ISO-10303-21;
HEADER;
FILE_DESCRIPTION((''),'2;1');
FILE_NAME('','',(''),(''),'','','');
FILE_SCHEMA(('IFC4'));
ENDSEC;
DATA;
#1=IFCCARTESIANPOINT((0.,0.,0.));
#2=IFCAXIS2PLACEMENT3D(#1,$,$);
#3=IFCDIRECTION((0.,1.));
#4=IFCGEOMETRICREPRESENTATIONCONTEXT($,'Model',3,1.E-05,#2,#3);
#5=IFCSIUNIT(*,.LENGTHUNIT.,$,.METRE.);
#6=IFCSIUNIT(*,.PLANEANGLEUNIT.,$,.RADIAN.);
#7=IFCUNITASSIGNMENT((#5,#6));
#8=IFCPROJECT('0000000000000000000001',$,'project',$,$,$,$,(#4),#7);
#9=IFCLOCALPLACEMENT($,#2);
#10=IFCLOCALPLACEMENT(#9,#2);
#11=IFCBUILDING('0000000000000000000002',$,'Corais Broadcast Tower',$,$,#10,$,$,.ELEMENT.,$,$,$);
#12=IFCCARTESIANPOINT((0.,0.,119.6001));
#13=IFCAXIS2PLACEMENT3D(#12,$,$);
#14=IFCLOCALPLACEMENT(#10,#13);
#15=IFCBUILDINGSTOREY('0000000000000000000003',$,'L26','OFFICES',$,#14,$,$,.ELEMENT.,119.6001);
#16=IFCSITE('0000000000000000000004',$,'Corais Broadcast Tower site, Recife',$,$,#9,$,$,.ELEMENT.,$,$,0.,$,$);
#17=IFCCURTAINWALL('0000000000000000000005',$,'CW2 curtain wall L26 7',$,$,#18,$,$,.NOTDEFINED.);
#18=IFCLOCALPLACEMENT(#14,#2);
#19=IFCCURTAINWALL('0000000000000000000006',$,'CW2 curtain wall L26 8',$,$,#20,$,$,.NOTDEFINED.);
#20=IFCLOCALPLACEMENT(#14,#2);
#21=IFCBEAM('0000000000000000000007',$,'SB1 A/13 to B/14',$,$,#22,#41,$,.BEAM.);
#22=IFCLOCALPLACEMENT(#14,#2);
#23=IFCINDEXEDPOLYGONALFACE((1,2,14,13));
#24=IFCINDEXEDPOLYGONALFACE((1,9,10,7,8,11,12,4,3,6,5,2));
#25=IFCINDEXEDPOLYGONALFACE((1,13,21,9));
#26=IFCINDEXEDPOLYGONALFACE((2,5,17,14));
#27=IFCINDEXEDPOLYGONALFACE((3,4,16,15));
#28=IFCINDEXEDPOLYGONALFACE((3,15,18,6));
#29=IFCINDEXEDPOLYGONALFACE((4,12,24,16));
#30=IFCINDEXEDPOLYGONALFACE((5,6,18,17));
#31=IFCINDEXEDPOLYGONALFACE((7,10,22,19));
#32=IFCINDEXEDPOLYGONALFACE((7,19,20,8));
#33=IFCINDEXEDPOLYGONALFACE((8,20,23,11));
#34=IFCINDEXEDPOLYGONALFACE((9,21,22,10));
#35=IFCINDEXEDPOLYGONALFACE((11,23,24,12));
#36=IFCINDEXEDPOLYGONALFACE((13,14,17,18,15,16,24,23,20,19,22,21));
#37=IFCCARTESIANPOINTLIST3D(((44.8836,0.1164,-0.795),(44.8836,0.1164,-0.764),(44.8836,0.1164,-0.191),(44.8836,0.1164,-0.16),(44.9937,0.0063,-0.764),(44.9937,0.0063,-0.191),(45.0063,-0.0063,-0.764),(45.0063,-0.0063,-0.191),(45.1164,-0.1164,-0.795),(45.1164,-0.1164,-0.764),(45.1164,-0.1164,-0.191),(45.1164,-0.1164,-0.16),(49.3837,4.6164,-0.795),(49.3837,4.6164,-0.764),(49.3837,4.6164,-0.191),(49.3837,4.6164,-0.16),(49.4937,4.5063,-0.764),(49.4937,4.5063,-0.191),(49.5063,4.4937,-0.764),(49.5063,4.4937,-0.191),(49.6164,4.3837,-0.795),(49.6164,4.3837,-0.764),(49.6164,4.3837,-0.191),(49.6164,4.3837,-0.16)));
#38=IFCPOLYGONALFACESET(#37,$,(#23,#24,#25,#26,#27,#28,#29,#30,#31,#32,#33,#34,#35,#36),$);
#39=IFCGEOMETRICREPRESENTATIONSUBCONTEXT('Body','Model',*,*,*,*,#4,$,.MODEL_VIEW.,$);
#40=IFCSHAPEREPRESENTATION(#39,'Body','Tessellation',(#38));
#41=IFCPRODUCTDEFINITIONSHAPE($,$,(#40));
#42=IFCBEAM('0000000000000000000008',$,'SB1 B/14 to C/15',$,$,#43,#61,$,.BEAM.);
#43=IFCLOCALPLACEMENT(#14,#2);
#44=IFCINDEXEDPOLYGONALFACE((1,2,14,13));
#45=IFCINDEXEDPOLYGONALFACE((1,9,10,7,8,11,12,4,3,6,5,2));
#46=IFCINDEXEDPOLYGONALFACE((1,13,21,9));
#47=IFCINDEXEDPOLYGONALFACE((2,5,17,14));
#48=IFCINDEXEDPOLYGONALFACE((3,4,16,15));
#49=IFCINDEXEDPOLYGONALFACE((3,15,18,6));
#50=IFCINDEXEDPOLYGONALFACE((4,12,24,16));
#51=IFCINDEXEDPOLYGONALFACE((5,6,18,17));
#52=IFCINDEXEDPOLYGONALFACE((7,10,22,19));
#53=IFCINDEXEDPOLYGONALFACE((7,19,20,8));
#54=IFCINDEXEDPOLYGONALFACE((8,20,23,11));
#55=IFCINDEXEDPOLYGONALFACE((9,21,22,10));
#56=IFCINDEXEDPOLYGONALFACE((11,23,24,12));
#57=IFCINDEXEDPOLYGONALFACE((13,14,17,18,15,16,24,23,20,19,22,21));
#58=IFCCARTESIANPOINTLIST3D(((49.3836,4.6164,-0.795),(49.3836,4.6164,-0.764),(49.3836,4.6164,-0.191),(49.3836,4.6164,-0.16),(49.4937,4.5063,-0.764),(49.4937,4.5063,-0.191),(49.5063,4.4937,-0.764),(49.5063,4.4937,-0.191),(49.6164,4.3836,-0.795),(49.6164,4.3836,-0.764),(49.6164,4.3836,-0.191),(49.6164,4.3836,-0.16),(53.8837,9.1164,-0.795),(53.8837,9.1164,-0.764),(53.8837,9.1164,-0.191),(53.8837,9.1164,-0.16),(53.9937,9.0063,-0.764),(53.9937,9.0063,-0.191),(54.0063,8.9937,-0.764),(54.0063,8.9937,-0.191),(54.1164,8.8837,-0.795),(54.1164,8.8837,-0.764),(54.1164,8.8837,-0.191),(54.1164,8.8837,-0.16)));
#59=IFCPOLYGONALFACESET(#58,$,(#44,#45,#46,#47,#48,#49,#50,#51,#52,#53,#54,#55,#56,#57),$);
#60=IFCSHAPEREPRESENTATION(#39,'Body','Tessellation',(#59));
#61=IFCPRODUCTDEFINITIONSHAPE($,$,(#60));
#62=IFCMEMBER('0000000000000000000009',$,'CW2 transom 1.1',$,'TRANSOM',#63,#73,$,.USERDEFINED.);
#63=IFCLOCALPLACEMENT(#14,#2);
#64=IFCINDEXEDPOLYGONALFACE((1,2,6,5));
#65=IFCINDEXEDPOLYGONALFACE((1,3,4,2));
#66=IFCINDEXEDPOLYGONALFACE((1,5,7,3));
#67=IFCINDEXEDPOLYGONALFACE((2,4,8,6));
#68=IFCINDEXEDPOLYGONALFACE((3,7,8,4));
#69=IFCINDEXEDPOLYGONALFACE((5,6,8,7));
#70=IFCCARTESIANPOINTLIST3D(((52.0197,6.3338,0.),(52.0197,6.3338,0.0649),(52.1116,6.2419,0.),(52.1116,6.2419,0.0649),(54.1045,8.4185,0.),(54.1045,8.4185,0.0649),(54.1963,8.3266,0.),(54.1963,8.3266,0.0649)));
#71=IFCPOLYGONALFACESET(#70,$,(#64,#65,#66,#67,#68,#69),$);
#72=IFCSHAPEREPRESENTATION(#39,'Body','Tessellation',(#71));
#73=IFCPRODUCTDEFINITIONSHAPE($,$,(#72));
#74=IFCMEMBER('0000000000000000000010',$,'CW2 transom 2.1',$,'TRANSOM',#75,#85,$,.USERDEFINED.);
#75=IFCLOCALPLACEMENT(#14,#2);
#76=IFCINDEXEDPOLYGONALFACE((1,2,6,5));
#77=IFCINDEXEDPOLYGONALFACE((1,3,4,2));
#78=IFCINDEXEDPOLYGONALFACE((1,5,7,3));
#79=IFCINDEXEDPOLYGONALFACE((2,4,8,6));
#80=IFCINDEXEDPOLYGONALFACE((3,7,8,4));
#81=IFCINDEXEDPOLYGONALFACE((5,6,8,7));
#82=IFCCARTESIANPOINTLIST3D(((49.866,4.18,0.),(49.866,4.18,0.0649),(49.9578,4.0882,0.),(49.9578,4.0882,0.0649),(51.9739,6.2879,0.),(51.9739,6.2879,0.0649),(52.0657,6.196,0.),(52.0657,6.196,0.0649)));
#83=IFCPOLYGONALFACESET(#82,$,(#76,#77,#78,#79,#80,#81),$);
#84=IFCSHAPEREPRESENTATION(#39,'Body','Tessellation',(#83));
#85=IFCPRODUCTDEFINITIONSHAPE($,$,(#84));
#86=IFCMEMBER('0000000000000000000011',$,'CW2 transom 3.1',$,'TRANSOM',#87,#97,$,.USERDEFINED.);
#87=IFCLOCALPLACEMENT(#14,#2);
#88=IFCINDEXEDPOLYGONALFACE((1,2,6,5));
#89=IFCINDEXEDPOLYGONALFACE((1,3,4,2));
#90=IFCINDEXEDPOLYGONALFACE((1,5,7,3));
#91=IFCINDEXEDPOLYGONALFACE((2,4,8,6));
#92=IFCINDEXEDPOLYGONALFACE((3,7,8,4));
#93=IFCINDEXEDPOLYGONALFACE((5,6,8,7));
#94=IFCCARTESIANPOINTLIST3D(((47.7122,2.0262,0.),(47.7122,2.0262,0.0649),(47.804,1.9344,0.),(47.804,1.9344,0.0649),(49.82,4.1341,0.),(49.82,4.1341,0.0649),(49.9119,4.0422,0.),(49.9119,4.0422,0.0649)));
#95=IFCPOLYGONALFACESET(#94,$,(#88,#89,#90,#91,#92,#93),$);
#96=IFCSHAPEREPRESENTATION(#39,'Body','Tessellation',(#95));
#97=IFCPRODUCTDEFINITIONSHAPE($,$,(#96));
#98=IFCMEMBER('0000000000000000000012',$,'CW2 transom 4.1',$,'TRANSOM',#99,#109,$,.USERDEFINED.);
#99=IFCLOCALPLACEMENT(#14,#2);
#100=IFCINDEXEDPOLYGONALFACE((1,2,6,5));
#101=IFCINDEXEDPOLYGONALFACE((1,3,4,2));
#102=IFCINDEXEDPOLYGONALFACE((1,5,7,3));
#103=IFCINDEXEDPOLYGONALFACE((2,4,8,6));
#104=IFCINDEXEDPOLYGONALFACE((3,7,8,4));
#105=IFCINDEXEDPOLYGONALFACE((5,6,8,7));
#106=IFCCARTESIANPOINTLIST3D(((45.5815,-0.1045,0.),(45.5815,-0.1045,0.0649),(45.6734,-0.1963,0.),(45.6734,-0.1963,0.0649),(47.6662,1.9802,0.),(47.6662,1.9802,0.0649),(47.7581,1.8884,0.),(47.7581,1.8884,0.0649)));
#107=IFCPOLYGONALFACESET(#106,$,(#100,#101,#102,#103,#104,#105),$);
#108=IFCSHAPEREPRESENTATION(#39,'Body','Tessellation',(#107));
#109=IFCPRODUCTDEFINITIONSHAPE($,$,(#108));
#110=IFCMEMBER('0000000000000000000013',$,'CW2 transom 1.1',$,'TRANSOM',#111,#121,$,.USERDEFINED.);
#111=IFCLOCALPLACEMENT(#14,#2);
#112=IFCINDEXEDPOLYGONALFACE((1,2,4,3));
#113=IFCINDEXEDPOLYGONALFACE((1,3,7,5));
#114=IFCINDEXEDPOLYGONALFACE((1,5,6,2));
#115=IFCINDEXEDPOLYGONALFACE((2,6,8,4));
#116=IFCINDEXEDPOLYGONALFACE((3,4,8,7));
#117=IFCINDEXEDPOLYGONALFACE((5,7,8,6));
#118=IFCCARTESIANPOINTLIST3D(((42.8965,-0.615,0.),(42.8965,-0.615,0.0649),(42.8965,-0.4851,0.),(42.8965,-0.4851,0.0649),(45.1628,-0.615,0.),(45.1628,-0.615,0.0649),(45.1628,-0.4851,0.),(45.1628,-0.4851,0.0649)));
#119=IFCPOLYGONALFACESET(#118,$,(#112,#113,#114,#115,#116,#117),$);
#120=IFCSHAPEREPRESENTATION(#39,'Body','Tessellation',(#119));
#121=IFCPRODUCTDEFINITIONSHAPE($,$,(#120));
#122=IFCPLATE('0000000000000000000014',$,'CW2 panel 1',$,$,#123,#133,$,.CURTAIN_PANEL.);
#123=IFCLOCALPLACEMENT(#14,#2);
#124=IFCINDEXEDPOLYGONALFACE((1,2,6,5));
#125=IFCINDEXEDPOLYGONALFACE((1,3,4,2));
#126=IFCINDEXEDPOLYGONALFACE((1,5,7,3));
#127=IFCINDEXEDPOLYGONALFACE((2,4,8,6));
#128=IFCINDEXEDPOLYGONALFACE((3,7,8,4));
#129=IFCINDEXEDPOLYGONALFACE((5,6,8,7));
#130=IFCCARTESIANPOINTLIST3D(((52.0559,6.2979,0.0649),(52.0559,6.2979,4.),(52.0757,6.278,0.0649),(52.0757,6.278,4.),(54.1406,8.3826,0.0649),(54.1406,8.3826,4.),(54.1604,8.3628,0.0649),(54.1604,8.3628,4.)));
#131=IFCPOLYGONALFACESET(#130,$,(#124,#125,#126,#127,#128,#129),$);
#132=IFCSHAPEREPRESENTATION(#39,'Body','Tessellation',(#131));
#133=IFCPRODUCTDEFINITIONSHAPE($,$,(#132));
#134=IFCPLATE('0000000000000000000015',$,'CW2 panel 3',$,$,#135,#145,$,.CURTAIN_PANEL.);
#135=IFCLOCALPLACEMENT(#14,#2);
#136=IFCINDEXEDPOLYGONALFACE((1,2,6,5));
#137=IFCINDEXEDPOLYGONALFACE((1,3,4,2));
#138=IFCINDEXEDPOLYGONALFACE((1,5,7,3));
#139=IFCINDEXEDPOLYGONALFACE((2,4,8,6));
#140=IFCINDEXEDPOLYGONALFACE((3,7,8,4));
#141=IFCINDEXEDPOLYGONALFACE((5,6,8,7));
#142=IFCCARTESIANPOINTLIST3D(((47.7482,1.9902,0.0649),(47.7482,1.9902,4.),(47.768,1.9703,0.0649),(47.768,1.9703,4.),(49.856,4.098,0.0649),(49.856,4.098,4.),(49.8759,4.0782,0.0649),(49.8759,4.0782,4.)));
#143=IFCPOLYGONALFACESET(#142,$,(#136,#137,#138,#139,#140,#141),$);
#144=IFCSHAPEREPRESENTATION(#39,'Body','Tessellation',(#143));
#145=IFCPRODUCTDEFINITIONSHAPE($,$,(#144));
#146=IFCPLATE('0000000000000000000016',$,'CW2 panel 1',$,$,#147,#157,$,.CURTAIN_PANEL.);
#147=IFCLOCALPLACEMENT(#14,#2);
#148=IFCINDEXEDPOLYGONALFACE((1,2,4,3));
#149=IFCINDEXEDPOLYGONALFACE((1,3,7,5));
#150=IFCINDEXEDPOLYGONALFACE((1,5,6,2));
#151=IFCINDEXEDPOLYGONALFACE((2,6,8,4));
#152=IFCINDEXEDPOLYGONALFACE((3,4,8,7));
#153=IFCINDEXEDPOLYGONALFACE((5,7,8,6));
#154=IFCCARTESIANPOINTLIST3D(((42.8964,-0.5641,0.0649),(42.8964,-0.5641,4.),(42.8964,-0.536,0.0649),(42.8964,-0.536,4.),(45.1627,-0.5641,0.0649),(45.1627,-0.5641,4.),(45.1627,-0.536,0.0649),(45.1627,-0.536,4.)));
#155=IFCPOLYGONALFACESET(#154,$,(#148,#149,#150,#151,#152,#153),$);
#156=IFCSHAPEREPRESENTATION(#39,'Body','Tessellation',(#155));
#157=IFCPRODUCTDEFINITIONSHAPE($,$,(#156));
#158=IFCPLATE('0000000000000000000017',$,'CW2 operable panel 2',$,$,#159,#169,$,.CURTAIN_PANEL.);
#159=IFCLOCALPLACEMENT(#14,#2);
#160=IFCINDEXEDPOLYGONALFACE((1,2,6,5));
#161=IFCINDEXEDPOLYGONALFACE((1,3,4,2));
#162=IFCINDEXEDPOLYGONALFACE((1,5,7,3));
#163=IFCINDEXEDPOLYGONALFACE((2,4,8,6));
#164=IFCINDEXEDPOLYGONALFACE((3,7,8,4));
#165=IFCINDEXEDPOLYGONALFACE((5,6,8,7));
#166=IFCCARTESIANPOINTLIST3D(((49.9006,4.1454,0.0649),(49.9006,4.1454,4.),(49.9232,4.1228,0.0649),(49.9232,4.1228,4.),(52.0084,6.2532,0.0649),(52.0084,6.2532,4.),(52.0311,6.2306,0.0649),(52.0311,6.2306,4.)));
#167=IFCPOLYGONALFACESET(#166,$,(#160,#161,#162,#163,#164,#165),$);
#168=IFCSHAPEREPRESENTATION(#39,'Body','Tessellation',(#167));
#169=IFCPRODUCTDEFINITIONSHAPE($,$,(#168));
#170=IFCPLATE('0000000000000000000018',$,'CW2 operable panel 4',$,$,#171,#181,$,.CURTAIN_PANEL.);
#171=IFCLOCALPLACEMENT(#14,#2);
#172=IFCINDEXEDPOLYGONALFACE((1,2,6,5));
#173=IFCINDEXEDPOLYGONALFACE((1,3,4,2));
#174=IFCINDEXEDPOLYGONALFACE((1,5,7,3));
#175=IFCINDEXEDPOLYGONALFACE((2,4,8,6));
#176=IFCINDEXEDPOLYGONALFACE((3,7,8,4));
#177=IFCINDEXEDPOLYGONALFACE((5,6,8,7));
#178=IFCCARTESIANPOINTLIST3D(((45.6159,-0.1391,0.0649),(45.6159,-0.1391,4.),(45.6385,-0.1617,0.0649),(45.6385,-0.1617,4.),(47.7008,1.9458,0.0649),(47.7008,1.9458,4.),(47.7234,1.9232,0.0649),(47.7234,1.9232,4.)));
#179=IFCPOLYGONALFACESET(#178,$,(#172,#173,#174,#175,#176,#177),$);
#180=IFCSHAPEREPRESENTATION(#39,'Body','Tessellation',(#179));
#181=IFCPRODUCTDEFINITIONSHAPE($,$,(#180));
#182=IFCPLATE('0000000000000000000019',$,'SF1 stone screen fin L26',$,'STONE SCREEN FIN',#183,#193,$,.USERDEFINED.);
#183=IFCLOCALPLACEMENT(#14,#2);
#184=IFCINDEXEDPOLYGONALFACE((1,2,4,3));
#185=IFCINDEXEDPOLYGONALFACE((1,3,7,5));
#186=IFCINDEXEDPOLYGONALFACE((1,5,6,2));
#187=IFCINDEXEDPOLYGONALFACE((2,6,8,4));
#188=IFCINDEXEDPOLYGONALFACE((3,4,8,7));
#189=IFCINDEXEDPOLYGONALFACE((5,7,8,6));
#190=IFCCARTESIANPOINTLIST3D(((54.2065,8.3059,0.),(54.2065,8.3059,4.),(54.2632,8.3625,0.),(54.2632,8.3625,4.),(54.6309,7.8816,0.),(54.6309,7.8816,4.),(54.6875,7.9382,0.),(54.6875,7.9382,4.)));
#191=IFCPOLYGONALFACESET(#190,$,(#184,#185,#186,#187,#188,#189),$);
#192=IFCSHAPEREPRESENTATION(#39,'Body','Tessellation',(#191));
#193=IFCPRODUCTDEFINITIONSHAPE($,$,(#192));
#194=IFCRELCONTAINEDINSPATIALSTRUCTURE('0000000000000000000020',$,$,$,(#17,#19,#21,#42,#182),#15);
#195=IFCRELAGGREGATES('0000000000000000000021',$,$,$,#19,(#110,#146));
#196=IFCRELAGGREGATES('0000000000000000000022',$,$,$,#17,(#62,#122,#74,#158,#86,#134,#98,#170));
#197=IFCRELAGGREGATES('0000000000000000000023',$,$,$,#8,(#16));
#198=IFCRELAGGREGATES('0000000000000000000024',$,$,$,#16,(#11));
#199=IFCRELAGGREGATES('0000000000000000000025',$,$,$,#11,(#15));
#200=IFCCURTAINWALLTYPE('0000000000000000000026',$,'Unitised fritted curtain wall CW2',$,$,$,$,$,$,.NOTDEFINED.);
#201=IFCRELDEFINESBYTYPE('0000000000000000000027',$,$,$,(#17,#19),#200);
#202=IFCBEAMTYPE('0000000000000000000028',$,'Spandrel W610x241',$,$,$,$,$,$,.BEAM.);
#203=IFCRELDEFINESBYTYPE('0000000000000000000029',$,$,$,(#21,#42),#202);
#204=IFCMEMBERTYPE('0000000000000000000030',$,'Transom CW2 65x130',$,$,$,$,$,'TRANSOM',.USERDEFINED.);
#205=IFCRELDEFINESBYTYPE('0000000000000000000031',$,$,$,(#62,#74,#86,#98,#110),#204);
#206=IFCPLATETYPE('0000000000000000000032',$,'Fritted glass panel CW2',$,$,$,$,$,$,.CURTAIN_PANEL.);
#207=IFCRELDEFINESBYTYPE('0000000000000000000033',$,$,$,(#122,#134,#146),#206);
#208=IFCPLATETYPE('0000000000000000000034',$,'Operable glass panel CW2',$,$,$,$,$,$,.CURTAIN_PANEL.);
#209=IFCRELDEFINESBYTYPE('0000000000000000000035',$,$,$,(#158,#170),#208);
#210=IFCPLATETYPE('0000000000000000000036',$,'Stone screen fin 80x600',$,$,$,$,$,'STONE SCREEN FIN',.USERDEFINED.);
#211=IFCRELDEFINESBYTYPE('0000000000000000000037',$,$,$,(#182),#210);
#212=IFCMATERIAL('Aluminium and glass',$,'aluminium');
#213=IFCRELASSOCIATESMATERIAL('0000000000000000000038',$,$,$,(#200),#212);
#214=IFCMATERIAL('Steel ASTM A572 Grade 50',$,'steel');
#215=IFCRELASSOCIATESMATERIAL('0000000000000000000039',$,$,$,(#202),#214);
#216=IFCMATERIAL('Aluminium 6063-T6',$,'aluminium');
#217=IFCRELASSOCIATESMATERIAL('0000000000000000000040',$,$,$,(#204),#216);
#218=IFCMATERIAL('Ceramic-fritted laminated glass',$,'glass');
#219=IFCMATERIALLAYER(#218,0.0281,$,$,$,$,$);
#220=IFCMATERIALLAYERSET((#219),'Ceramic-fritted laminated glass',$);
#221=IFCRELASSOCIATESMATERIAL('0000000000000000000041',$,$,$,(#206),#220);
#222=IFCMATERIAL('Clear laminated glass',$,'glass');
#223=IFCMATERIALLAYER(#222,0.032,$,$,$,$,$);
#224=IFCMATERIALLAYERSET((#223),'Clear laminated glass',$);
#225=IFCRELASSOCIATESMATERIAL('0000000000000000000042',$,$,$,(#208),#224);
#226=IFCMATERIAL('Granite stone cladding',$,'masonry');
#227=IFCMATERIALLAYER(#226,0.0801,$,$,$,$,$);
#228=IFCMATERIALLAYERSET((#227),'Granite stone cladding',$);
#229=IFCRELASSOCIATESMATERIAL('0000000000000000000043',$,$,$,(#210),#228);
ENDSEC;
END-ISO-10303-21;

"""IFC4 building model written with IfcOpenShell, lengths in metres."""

from ifc_helpers import new_model, si_unit, direction, frame, origin, origin_2d, place, context, subcontext, project, spatial, rectangle, i_section, extrude, material, layer, layer_set, material_profile, profile_set, type_object, element, aggregate, save


model = new_model("IFC4")

# Units and contexts
model_context = context("Model", 3, precision=1e-05, world=origin(), true_north=direction((0.0, 1.0)))
body_context = subcontext(model_context, "Body", "Model", "MODEL_VIEW")
ifc_project = project(units=[si_unit("LENGTHUNIT", "METRE"), si_unit("PLANEANGLEUNIT", "RADIAN")], contexts=[model_context])

# Site, building, storey
site_placement = place(None, origin())
site = spatial("IfcSite", under=ifc_project, at=site_placement, Name="Corais Broadcast Tower site, Recife", CompositionType="ELEMENT", RefElevation=0.0)
building_placement = place(site_placement, origin())
building = spatial("IfcBuilding", under=site, at=building_placement, Name="Corais Broadcast Tower", CompositionType="ELEMENT")
storey_placement = place(building_placement, frame((0.0, 0.0, 119.6001)))
storey = spatial("IfcBuildingStorey", under=building, at=storey_placement, Name="L26", Description="OFFICES", CompositionType="ELEMENT", Elevation=119.6001)

# Shared definitions
ifc_material_1 = material(Name="Aluminium and glass", Category="aluminium")
curtain_wall_type = type_object("IfcCurtainWallType", Name="Unitised fritted curtain wall CW2", PredefinedType="NOTDEFINED", material=ifc_material_1)

# Curtain wall
curtain_wall_1_placement = place(storey_placement, origin())
curtain_wall_1 = element("IfcCurtainWall", 1, at=curtain_wall_1_placement, inside=storey, type_object=curtain_wall_type, Name="CW2 curtain wall L26 7", PredefinedType="NOTDEFINED")

# Curtain wall
curtain_wall_2_placement = place(storey_placement, origin())
curtain_wall_2 = element("IfcCurtainWall", 2, at=curtain_wall_2_placement, inside=storey, type_object=curtain_wall_type, Name="CW2 curtain wall L26 8", PredefinedType="NOTDEFINED")

# Beams
ifc_material_2 = material(Name="Steel ASTM A572 Grade 50", Category="steel")
ifc_material_profile_1 = material_profile(ifc_material_2, i_section(OverallWidth=0.3291, OverallDepth=0.635, WebThickness=0.0178, FlangeThickness=0.031, at=origin_2d()), Name="W610x241")
ifc_profile_set_1 = profile_set([ifc_material_profile_1], Name="Steel ASTM A572 Grade 50")
beam_type_1 = type_object("IfcBeamType", Name="Spandrel W610x241", PredefinedType="BEAM", material=ifc_profile_set_1)
for number, where, z_axis, x_axis, name in (
    (3, (45.0, 0.0, -0.4775), (0.707107, 0.707107, 0.0), (-0.707107, 0.707107, 0.0), "SB1 A/13 to B/14"),
    (4, (49.5, 4.5, -0.4775), (0.707107, 0.707107, 0.0), (-0.707107, 0.707107, 0.0), "SB1 B/14 to C/15"),
):
    element("IfcBeam", number, at=place(storey_placement, frame(where, z_axis=z_axis, x_axis=x_axis)), inside=storey, type_object=beam_type_1, Name=name, PredefinedType="BEAM", context=body_context, shape_type="SweptSolid", body=[
        extrude(i_section(OverallWidth=0.3291, OverallDepth=0.635, WebThickness=0.0178, FlangeThickness=0.031, at=origin_2d()), origin(), (0.0, 0.0, 1.0), 6.364),
    ])

# Members
ifc_material_3 = material(Name="Aluminium 6063-T6", Category="aluminium")
ifc_material_profile_2 = material_profile(ifc_material_3, rectangle(XDim=0.1299, YDim=0.0649, at=origin_2d()), Name="Transom CW2 65x130")
ifc_profile_set_2 = profile_set([ifc_material_profile_2], Name="Aluminium 6063-T6")
member_type_1 = type_object("IfcMemberType", Name="Transom CW2 65x130", ElementType="TRANSOM", PredefinedType="USERDEFINED", material=ifc_profile_set_2)
member_1_placement = place(storey_placement, frame((54.1504, 8.3726, 0.0325), z_axis=(-0.707107, -0.707107, 0.0), x_axis=(0.707107, -0.707107, 0.0)))
member_1 = element("IfcMember", 5, at=member_1_placement, type_object=member_type_1, Name="CW2 transom 1.1", ObjectType="TRANSOM", PredefinedType="USERDEFINED", context=body_context, shape_type="SweptSolid", body=[
    extrude(rectangle(XDim=0.1299, YDim=0.0649, at=origin_2d()), origin(), (0.0, 0.0, 1.0), 2.9482),
])
member_2_placement = place(storey_placement, frame((52.0198, 6.2419, 0.0325), z_axis=(-0.707107, -0.707107, 0.0), x_axis=(0.707107, -0.707107, 0.0)))
member_2 = element("IfcMember", 6, at=member_2_placement, type_object=member_type_1, Name="CW2 transom 2.1", ObjectType="TRANSOM", PredefinedType="USERDEFINED", context=body_context, shape_type="SweptSolid", body=[
    extrude(rectangle(XDim=0.1299, YDim=0.0649, at=origin_2d()), origin(), (0.0, 0.0, 1.0), 2.981),
])
member_3_placement = place(storey_placement, frame((49.866, 4.0881, 0.0325), z_axis=(-0.707107, -0.707107, 0.0), x_axis=(0.707107, -0.707107, 0.0)))
member_3 = element("IfcMember", 7, at=member_3_placement, type_object=member_type_1, Name="CW2 transom 3.1", ObjectType="TRANSOM", PredefinedType="USERDEFINED", context=body_context, shape_type="SweptSolid", body=[
    extrude(rectangle(XDim=0.1299, YDim=0.0649, at=origin_2d()), origin(), (0.0, 0.0, 1.0), 2.981),
])
member_4_placement = place(storey_placement, frame((47.7122, 1.9343, 0.0325), z_axis=(-0.707107, -0.707107, 0.0), x_axis=(0.707107, -0.707107, 0.0)))
member_4 = element("IfcMember", 8, at=member_4_placement, type_object=member_type_1, Name="CW2 transom 4.1", ObjectType="TRANSOM", PredefinedType="USERDEFINED", context=body_context, shape_type="SweptSolid", body=[
    extrude(rectangle(XDim=0.1299, YDim=0.0649, at=origin_2d()), origin(), (0.0, 0.0, 1.0), 2.9482),
])
member_5_placement = place(storey_placement, frame((45.1628, -0.55, 0.0325), z_axis=(-1.0, 0.0, 0.0), x_axis=(0.0, -1.0, 0.0)))
member_5 = element("IfcMember", 9, at=member_5_placement, type_object=member_type_1, Name="CW2 transom 1.1", ObjectType="TRANSOM", PredefinedType="USERDEFINED", context=body_context, shape_type="SweptSolid", body=[
    extrude(rectangle(XDim=0.1299, YDim=0.0649, at=origin_2d()), origin(), (0.0, 0.0, 1.0), 2.2664),
])

# Plates
ifc_material_4 = material(Name="Ceramic-fritted laminated glass", Category="glass")
ifc_layer_1 = layer(ifc_material_4, 0.0281)
ifc_layer_set_1 = layer_set([ifc_layer_1], Name="Ceramic-fritted laminated glass")
plate_type_1 = type_object("IfcPlateType", Name="Fritted glass panel CW2", PredefinedType="CURTAIN_PANEL", material=ifc_layer_set_1)
plate_1_placement = place(storey_placement, frame((53.1082, 7.3303, 0.0649), z_axis=(0.0, 0.0, 1.0), x_axis=(-0.707107, -0.707107, 0.0)))
plate_1 = element("IfcPlate", 10, at=plate_1_placement, type_object=plate_type_1, Name="CW2 panel 1", PredefinedType="CURTAIN_PANEL", context=body_context, shape_type="SweptSolid", body=[
    extrude(rectangle(XDim=2.9482, YDim=0.0281, at=origin_2d()), origin(), (0.0, 0.0, 1.0), 3.9351),
])
plate_2_placement = place(storey_placement, frame((48.812, 3.0342, 0.0649), z_axis=(0.0, 0.0, 1.0), x_axis=(-0.707107, -0.707107, 0.0)))
plate_2 = element("IfcPlate", 11, at=plate_2_placement, type_object=plate_type_1, Name="CW2 panel 3", PredefinedType="CURTAIN_PANEL", context=body_context, shape_type="SweptSolid", body=[
    extrude(rectangle(XDim=2.981, YDim=0.0281, at=origin_2d()), origin(), (0.0, 0.0, 1.0), 3.9351),
])
plate_3_placement = place(storey_placement, frame((44.0295, -0.55, 0.0649), z_axis=(0.0, 0.0, 1.0), x_axis=(-1.0, 0.0, 0.0)))
plate_3 = element("IfcPlate", 12, at=plate_3_placement, type_object=plate_type_1, Name="CW2 panel 1", PredefinedType="CURTAIN_PANEL", context=body_context, shape_type="SweptSolid", body=[
    extrude(rectangle(XDim=2.2664, YDim=0.0281, at=origin_2d()), origin(), (0.0, 0.0, 1.0), 3.9351),
])
aggregate(curtain_wall_2, [member_5, plate_3])
ifc_material_5 = material(Name="Clear laminated glass", Category="glass")
ifc_layer_2 = layer(ifc_material_5, 0.032)
ifc_layer_set_2 = layer_set([ifc_layer_2], Name="Clear laminated glass")
plate_type_2 = type_object("IfcPlateType", Name="Operable glass panel CW2", PredefinedType="CURTAIN_PANEL", material=ifc_layer_set_2)
plate_4_placement = place(storey_placement, frame((50.9658, 5.188, 0.0649), z_axis=(0.0, 0.0, 1.0), x_axis=(-0.707107, -0.707107, 0.0)))
plate_4 = element("IfcPlate", 13, at=plate_4_placement, type_object=plate_type_2, Name="CW2 operable panel 2", PredefinedType="CURTAIN_PANEL", context=body_context, shape_type="SweptSolid", body=[
    extrude(rectangle(XDim=2.981, YDim=0.032, at=origin_2d()), origin(), (0.0, 0.0, 1.0), 3.9351),
])
plate_5_placement = place(storey_placement, frame((46.6697, 0.8921, 0.0649), z_axis=(0.0, 0.0, 1.0), x_axis=(-0.707107, -0.707107, 0.0)))
plate_5 = element("IfcPlate", 14, at=plate_5_placement, type_object=plate_type_2, Name="CW2 operable panel 4", PredefinedType="CURTAIN_PANEL", context=body_context, shape_type="SweptSolid", body=[
    extrude(rectangle(XDim=2.9485, YDim=0.032, at=origin_2d()), origin(), (0.0, 0.0, 1.0), 3.9351),
])
aggregate(curtain_wall_1, [member_1, plate_1, member_2, plate_4, member_3, plate_2, member_4, plate_5])

# Plate
ifc_material_6 = material(Name="Granite stone cladding", Category="masonry")
ifc_layer_3 = layer(ifc_material_6, 0.0801)
ifc_layer_set_3 = layer_set([ifc_layer_3], Name="Granite stone cladding")
plate_type_3 = type_object("IfcPlateType", Name="Stone screen fin 80x600", ElementType="STONE SCREEN FIN", PredefinedType="USERDEFINED", material=ifc_layer_set_3)
for number, where, z_axis, x_axis, name in (
    (15, (54.447, 8.1221, 0.0), (0.0, 0.0, 1.0), (-0.707107, -0.707107, 0.0), "SF1 stone screen fin L26"),
):
    element("IfcPlate", number, at=place(storey_placement, frame(where, z_axis=z_axis, x_axis=x_axis)), inside=storey, type_object=plate_type_3, Name=name, ObjectType="STONE SCREEN FIN", PredefinedType="USERDEFINED", context=body_context, shape_type="SweptSolid", body=[
        extrude(rectangle(XDim=0.0801, YDim=0.6001, at=origin_2d()), origin(), (0.0, 0.0, 1.0), 4.0),
    ])

save(model, "model.ifc")
